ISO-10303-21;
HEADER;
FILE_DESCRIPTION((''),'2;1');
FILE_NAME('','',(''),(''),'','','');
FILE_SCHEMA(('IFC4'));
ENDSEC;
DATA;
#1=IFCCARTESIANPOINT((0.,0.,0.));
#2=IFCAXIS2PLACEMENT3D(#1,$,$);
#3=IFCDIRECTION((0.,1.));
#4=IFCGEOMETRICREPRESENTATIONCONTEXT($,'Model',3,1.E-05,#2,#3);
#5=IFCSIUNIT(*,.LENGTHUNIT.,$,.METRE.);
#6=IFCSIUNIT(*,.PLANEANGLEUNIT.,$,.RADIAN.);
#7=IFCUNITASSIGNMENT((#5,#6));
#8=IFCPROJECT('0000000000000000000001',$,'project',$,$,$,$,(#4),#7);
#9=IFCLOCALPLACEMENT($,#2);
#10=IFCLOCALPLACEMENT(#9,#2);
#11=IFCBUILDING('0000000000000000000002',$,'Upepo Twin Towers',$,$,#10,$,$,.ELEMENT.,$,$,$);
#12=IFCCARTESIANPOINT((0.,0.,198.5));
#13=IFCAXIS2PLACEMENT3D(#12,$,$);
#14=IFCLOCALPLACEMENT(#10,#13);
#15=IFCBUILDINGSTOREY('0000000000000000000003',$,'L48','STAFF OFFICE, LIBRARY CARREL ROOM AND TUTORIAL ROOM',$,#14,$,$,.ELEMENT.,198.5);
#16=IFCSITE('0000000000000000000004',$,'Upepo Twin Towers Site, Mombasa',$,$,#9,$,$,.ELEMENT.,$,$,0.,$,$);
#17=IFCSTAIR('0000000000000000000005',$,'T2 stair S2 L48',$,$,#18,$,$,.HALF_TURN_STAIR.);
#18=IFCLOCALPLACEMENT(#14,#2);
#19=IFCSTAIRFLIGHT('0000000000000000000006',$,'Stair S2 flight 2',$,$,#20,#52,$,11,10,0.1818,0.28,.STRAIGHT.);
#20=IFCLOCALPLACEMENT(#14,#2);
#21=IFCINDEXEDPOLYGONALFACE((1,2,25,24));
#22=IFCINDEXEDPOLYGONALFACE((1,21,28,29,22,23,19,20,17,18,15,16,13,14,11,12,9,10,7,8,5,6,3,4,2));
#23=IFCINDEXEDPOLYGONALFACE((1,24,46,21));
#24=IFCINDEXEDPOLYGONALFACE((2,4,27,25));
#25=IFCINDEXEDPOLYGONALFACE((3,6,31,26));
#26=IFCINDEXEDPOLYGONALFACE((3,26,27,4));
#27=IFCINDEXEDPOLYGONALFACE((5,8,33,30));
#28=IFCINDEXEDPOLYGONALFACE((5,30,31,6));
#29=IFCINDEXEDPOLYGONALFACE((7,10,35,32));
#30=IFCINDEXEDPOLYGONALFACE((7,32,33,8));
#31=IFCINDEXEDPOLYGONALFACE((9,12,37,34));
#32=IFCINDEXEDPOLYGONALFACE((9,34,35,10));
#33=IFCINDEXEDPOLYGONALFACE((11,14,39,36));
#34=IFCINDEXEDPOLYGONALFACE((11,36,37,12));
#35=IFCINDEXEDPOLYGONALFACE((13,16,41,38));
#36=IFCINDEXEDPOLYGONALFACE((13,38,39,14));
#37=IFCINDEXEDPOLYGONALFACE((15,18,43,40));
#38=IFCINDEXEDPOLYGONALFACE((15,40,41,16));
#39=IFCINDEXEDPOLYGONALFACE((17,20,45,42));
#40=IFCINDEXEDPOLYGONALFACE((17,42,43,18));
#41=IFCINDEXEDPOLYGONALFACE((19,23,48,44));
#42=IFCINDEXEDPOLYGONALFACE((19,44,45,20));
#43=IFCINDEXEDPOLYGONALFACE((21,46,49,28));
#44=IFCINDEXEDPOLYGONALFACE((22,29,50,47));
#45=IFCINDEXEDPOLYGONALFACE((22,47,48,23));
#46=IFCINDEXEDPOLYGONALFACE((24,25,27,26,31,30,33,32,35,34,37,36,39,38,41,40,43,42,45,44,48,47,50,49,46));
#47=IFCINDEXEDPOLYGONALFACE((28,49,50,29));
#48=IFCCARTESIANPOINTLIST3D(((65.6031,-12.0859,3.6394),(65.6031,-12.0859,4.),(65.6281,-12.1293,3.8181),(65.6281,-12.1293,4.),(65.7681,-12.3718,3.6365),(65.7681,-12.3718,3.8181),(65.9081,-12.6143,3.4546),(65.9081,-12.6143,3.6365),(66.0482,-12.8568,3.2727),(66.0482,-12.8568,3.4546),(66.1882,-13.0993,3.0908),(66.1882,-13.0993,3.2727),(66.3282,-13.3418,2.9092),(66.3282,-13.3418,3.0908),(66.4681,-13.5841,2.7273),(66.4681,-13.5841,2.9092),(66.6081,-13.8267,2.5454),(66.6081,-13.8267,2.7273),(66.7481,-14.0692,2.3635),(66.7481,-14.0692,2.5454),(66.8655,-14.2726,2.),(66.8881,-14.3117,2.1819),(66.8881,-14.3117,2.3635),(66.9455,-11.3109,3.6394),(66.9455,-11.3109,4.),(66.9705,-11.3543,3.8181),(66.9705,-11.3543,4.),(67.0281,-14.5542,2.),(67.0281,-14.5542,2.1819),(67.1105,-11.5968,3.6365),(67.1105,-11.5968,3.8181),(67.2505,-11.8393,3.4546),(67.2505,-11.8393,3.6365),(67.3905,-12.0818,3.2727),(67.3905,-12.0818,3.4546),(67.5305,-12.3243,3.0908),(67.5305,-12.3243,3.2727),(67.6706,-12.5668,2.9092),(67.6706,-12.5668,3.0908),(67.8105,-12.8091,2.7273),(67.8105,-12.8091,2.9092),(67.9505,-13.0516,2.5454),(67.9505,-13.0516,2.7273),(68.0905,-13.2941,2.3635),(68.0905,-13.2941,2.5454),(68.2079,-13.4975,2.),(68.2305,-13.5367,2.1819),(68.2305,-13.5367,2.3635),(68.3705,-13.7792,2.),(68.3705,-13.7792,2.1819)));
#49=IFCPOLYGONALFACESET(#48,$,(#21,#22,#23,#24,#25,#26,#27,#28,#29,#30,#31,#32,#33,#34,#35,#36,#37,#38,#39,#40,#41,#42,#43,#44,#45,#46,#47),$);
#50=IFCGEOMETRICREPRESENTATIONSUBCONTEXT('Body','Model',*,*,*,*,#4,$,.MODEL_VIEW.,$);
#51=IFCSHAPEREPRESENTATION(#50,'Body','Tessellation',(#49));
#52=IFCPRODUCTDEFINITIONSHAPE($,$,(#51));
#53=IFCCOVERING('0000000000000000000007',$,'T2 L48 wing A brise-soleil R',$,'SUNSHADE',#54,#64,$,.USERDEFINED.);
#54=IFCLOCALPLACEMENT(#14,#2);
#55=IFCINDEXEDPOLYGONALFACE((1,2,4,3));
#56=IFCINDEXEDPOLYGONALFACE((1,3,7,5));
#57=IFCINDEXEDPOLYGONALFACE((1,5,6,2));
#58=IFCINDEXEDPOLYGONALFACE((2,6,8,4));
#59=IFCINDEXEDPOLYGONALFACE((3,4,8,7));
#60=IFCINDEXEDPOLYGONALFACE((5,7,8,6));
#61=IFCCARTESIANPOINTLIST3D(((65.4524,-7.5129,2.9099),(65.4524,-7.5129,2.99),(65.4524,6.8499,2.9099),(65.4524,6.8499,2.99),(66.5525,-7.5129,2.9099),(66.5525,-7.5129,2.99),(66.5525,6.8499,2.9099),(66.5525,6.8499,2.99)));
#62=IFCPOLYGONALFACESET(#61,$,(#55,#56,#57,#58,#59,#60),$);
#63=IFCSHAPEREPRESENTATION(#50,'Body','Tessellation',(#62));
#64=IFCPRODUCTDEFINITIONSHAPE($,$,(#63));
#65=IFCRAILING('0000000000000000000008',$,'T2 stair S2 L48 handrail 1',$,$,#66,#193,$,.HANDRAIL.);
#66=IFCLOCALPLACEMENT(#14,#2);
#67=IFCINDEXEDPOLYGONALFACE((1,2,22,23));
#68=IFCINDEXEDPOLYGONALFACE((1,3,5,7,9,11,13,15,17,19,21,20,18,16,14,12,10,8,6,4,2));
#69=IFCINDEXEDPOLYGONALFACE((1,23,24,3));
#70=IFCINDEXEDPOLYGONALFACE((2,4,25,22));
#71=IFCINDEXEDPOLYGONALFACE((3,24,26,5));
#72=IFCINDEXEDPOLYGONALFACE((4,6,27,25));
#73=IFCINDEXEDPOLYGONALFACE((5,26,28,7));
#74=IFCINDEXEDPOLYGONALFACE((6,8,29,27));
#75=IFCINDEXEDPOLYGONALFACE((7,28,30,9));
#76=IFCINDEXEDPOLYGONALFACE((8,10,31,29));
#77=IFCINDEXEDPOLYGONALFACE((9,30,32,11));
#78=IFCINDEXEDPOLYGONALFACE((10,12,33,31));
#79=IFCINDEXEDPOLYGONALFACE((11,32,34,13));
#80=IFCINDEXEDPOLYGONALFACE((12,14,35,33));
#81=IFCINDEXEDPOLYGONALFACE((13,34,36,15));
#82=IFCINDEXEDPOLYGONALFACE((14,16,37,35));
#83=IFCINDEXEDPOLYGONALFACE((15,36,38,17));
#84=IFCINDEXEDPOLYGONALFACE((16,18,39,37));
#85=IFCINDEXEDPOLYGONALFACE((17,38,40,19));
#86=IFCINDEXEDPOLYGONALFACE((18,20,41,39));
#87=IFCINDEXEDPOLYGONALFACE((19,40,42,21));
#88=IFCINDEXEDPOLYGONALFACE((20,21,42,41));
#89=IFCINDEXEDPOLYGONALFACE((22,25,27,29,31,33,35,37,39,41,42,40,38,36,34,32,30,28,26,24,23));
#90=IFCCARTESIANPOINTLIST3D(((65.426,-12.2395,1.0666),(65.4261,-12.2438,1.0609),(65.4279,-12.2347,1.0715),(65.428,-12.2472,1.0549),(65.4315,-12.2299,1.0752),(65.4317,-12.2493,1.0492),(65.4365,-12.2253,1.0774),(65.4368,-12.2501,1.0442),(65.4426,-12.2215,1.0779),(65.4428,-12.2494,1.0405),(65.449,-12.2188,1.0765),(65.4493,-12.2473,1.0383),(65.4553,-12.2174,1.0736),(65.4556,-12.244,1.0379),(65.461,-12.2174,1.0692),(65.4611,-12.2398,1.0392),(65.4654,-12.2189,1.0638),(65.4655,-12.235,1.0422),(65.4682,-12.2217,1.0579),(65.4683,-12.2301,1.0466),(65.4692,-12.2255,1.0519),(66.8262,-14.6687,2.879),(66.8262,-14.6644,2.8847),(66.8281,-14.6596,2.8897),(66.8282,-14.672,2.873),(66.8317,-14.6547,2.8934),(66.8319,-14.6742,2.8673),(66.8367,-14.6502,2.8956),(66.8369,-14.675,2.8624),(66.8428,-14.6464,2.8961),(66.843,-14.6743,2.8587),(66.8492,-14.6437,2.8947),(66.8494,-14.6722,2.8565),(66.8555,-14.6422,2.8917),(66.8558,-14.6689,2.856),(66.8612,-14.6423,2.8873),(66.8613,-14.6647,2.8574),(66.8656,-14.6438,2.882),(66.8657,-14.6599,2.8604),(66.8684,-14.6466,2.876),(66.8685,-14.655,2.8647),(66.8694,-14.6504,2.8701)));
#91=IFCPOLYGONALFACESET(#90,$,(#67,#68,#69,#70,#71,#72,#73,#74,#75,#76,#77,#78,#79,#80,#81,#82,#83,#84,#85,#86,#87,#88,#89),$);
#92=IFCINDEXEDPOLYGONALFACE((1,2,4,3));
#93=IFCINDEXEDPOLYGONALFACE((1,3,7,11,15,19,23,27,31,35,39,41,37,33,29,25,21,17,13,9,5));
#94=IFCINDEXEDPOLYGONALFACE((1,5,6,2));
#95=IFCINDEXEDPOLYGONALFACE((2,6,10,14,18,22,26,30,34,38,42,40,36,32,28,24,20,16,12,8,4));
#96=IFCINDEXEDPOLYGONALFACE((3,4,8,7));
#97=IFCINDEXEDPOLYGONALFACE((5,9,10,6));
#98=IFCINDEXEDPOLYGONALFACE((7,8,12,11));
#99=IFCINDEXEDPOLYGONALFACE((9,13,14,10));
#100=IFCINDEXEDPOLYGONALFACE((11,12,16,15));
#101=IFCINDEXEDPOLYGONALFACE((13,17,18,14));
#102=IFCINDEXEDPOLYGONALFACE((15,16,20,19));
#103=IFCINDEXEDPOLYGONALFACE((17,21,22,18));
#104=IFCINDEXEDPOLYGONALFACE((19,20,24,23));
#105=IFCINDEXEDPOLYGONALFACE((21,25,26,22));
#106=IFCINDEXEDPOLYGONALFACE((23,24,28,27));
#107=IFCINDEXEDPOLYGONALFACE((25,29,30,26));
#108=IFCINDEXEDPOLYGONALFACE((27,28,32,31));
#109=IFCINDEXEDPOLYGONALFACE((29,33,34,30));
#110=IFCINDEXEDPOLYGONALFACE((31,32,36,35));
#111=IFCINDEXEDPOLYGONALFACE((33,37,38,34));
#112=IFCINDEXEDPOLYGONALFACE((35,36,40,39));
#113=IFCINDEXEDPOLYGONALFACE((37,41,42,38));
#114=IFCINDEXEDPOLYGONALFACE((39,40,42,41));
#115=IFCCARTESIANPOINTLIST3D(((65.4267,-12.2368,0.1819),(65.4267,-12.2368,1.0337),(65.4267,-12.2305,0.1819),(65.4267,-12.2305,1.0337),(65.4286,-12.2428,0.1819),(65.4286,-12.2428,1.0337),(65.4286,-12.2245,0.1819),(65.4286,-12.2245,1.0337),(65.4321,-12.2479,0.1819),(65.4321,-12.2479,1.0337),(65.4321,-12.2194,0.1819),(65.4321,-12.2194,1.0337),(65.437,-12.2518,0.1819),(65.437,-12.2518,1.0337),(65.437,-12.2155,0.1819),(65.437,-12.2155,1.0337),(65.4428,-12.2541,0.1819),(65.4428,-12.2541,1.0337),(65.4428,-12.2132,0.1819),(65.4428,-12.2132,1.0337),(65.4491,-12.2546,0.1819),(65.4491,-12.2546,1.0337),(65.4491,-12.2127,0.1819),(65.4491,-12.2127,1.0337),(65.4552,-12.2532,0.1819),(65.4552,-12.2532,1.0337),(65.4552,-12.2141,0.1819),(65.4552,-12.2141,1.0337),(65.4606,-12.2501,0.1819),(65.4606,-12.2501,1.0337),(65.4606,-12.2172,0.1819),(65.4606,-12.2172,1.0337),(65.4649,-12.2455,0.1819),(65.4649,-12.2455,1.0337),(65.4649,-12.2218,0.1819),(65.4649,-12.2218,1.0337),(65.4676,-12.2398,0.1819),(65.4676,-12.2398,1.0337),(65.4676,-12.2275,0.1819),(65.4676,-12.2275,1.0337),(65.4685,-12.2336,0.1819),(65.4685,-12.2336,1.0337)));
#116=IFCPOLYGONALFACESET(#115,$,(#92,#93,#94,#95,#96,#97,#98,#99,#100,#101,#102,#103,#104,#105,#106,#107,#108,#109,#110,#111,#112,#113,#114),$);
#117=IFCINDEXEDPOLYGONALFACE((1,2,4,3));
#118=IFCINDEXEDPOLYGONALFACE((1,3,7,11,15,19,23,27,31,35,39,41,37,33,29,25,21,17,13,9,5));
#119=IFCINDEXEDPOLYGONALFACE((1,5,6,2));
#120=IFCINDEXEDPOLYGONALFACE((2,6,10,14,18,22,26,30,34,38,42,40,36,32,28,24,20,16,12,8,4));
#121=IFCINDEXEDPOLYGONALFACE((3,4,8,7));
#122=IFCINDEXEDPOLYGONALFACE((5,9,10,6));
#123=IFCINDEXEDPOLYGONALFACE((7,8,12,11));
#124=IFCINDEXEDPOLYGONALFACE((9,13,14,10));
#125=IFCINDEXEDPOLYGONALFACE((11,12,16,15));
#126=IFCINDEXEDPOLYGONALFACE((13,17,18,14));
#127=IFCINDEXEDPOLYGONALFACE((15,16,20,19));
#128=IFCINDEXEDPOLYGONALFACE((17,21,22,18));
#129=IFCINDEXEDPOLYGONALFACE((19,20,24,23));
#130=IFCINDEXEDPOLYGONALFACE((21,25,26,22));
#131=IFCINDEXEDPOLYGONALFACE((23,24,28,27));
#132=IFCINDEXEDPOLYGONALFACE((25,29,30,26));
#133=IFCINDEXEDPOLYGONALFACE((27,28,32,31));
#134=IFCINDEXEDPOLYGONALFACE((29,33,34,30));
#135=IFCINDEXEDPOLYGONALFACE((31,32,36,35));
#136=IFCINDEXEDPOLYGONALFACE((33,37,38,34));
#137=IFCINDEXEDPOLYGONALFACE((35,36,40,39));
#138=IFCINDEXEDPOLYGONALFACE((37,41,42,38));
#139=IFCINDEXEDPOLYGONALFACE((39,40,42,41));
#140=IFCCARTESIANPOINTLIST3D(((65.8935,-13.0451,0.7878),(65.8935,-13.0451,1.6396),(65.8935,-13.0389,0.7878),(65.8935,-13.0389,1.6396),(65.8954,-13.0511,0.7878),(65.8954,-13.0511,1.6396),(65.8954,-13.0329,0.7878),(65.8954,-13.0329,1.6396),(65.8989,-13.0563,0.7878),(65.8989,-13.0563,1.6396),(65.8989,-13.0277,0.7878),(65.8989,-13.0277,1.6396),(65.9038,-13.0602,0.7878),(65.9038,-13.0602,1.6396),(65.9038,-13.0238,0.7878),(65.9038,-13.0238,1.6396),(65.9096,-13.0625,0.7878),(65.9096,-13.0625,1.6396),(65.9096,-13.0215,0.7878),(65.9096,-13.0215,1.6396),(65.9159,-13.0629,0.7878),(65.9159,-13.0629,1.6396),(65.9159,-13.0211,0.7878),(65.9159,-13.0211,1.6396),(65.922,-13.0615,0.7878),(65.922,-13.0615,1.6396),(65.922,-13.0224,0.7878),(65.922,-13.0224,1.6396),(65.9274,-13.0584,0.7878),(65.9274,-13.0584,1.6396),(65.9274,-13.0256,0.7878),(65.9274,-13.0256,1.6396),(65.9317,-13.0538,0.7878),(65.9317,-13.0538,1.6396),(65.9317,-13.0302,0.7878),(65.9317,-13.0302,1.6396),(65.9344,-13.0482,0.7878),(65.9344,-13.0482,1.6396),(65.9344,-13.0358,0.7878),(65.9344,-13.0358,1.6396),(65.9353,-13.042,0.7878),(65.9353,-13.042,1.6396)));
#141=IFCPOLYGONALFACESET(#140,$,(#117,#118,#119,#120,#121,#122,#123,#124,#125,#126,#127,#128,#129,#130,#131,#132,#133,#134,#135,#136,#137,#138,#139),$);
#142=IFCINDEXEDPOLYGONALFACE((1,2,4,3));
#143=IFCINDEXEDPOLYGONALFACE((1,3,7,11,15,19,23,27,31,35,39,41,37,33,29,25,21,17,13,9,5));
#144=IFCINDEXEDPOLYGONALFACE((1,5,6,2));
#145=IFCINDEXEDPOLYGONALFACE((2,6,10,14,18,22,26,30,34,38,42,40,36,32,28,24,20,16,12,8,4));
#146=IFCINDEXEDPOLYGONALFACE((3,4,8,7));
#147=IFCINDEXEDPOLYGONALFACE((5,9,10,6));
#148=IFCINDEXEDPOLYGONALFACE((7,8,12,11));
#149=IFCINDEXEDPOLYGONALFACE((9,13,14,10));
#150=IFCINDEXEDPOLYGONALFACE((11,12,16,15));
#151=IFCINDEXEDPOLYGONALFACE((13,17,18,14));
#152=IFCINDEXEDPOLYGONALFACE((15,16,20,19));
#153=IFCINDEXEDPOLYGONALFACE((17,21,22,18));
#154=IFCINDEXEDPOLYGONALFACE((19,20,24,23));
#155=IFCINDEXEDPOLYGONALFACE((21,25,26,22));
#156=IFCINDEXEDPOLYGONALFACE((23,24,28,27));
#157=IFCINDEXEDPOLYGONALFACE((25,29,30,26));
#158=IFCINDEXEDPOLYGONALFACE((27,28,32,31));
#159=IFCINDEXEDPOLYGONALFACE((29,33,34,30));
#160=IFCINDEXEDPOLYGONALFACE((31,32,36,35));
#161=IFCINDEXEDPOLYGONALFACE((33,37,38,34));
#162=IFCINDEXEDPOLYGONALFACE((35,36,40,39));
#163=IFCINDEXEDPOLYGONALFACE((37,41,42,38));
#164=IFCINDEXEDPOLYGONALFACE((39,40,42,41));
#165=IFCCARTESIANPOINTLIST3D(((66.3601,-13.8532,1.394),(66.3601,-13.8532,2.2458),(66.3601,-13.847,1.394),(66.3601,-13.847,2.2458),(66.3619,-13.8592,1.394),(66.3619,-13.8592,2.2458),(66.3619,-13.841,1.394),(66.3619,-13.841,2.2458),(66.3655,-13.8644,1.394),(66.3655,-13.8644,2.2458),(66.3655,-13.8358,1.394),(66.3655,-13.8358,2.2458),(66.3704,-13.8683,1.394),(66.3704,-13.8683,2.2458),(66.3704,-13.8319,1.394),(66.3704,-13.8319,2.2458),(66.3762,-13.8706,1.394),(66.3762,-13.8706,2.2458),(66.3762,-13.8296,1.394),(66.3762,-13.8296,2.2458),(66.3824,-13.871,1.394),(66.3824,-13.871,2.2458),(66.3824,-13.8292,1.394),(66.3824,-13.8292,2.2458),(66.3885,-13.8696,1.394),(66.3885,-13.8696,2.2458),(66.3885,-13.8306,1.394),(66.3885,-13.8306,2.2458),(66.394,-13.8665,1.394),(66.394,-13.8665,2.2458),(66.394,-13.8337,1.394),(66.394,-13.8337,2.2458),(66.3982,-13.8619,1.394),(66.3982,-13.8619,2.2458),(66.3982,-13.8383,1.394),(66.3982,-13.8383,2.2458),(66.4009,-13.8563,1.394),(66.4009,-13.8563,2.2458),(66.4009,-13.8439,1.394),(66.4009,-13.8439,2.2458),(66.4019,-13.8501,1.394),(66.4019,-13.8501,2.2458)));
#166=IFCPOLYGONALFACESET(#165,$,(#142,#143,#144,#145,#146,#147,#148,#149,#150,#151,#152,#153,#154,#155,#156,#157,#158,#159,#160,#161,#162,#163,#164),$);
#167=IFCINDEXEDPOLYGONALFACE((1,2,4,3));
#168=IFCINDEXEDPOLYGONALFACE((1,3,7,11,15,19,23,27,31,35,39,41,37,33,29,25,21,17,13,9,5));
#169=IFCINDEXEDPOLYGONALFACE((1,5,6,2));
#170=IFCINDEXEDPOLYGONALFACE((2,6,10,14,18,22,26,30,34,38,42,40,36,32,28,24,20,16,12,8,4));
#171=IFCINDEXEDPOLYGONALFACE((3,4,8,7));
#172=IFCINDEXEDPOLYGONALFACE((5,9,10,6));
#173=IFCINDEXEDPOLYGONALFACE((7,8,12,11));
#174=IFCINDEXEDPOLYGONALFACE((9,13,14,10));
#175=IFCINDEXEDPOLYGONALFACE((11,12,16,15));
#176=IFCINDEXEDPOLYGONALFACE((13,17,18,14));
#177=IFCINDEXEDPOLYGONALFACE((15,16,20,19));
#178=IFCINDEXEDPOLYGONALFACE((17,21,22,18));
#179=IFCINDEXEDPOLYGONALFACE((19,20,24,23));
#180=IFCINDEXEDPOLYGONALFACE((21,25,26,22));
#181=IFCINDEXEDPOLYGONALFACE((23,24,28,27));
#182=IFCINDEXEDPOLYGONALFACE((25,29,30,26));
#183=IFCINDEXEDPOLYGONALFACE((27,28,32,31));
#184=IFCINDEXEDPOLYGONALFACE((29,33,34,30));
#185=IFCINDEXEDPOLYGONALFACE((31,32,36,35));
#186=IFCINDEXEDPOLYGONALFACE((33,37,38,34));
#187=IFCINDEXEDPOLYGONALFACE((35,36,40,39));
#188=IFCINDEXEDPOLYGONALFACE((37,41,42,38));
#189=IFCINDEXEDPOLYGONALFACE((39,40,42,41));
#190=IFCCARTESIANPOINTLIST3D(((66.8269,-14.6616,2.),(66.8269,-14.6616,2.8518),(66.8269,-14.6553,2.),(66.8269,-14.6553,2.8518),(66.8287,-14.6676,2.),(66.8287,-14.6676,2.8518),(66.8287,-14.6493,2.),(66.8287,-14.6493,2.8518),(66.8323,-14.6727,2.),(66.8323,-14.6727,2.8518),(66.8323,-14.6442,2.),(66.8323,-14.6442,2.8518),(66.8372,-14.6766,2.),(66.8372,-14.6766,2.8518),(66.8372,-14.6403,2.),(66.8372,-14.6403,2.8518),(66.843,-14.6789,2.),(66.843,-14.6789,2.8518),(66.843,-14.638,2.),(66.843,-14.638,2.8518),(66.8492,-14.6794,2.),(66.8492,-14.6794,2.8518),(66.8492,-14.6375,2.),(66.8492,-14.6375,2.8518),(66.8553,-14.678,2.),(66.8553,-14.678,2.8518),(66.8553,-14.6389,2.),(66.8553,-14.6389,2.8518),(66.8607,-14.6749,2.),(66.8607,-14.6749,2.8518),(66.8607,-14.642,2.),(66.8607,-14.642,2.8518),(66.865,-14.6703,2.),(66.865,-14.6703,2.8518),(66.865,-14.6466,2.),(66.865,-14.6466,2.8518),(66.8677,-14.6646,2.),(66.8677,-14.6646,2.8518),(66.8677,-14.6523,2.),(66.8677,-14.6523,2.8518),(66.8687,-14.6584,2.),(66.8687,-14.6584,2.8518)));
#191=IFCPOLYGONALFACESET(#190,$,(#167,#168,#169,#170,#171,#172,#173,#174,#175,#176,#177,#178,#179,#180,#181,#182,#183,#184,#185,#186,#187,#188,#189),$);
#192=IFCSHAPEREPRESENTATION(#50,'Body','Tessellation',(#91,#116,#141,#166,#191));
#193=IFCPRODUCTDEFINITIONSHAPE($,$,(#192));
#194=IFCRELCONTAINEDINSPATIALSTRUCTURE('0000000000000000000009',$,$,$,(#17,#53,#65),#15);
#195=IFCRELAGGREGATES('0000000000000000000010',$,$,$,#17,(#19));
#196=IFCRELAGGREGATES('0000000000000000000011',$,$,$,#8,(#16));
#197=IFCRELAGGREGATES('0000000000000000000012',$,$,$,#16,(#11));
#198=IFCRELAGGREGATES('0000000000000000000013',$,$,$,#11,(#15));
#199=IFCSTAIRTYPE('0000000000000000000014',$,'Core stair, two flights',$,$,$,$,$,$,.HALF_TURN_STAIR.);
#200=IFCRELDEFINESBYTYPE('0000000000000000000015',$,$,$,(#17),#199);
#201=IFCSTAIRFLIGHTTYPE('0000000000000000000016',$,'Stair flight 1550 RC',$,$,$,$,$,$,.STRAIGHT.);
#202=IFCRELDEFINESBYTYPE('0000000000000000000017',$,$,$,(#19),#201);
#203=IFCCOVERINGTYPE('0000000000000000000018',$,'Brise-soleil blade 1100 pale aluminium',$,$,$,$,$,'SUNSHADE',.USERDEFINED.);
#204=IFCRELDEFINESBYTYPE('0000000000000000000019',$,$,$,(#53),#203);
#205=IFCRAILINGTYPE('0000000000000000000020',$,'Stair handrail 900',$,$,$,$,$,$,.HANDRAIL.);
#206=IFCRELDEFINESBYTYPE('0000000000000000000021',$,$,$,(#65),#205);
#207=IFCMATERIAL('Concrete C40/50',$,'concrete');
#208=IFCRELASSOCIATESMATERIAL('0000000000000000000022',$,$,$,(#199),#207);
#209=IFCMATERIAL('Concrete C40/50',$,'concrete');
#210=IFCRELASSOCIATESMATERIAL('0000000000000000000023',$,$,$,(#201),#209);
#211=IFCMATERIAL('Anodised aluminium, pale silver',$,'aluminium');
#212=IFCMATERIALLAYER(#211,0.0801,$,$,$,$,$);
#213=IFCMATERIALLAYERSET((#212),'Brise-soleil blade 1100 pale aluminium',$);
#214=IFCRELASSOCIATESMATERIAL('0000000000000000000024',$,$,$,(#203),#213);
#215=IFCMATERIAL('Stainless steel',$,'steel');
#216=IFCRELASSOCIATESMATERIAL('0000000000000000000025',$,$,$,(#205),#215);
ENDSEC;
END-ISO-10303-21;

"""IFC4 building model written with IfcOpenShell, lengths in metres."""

from ifc_helpers import new_model, si_unit, direction, frame, origin, origin_2d, place, context, subcontext, project, spatial, polyline, rectangle, circle, outline, extrude, material, layer, layer_set, type_object, element, aggregate, save


model = new_model("IFC4")

# Units and contexts
model_context = context("Model", 3, precision=1e-05, world=origin(), true_north=direction((0.0, 1.0)))
body_context = subcontext(model_context, "Body", "Model", "MODEL_VIEW")
ifc_project = project(units=[si_unit("LENGTHUNIT", "METRE"), si_unit("PLANEANGLEUNIT", "RADIAN")], contexts=[model_context])

# Site, building, storey
site_placement = place(None, origin())
site = spatial("IfcSite", under=ifc_project, at=site_placement, Name="Upepo Twin Towers Site, Mombasa", CompositionType="ELEMENT", RefElevation=0.0)
building_placement = place(site_placement, origin())
building = spatial("IfcBuilding", under=site, at=building_placement, Name="Upepo Twin Towers", CompositionType="ELEMENT")
storey_placement = place(building_placement, frame((0.0, 0.0, 198.5)))
storey = spatial("IfcBuildingStorey", under=building, at=storey_placement, Name="L48", Description="STAFF OFFICE, LIBRARY CARREL ROOM AND TUTORIAL ROOM", CompositionType="ELEMENT", Elevation=198.5)

# Stair, stair flight
ifc_material_1 = material(Name="Concrete C40/50", Category="concrete")
stair_type = type_object("IfcStairType", Name="Core stair, two flights", PredefinedType="HALF_TURN_STAIR", material=ifc_material_1)
stair_placement = place(storey_placement, origin())
stair = element("IfcStair", 1, at=stair_placement, inside=storey, type_object=stair_type, Name="T2 stair S2 L48", PredefinedType="HALF_TURN_STAIR")
ifc_material_2 = material(Name="Concrete C40/50", Category="concrete")
stair_flight_type = type_object("IfcStairFlightType", Name="Stair flight 1550 RC", PredefinedType="STRAIGHT", material=ifc_material_2)
stair_flight_1_placement = place(storey_placement, frame((67.6992, -14.1667, 2.0), z_axis=(0.0, 0.0, 1.0), x_axis=(-0.5, 0.866025, 0.0)))
stair_flight_1 = element("IfcStairFlight", 2, at=stair_flight_1_placement, type_object=stair_flight_type, Name="Stair S2 flight 2", NumberOfRisers=11, NumberOfTreads=10, PredefinedType="STRAIGHT", RiserHeight=0.1818, TreadLength=0.28, context=body_context, shape_type="SweptSolid", body=[
    extrude(outline(polyline([(0.0, 0.0), (0.0, 0.1819), (0.28, 0.1819), (0.28, 0.3635), (0.5601, 0.3635), (0.5601, 0.5454), (0.8401, 0.5454), (0.8401, 0.7273), (1.1201, 0.7273), (1.1201, 0.9092), (1.3999, 0.9092), (1.3999, 1.0908), (1.6799, 1.0908), (1.6799, 1.2727), (1.96, 1.2727), (1.96, 1.4546), (2.24, 1.4546), (2.24, 1.6365), (2.52, 1.6365), (2.52, 1.8181), (2.8, 1.8181), (2.8, 2.0), (2.8501, 2.0), (2.8501, 1.6394), (0.3252, 0.0), (0.0, 0.0)])), frame((0.0, 0.7749, 0.0), z_axis=(0.0, -1.0, 0.0), x_axis=(1.0, 0.0, 0.0)), (0.0, 0.0, 1.0), 1.55),
])
aggregate(stair, [stair_flight_1])

# Covering
ifc_material_3 = material(Name="Anodised aluminium, pale silver", Category="aluminium")
ifc_layer_1 = layer(ifc_material_3, 0.0801)
ifc_layer_set_1 = layer_set([ifc_layer_1], Name="Brise-soleil blade 1100 pale aluminium")
covering_type = type_object("IfcCoveringType", Name="Brise-soleil blade 1100 pale aluminium", ElementType="SUNSHADE", PredefinedType="USERDEFINED", material=ifc_layer_set_1)
covering_placement = place(storey_placement, frame((66.0024, -0.3315, 2.9099), z_axis=(0.0, 0.0, 1.0), x_axis=(0.0, 1.0, 0.0)))
element("IfcCovering", 3, at=covering_placement, inside=storey, type_object=covering_type, Name="T2 L48 wing A brise-soleil R", ObjectType="SUNSHADE", PredefinedType="USERDEFINED", context=body_context, shape_type="SweptSolid", body=[
    extrude(rectangle(XDim=14.3628, YDim=1.1001, at=origin_2d()), origin(), (0.0, 0.0, 1.0), 0.0801),
])

# Railing
ifc_material_4 = material(Name="Stainless steel", Category="steel")
railing_type = type_object("IfcRailingType", Name="Stair handrail 900", PredefinedType="HANDRAIL", material=ifc_material_4)
railing_1_placement = place(storey_placement, frame((65.4475, -12.2336, 0.1819)))
element("IfcRailing", 4, at=railing_1_placement, inside=storey, type_object=railing_type, Name="T2 stair S2 L48 handrail 1", PredefinedType="HANDRAIL", context=body_context, shape_type="SweptSolid", body=[
    extrude(circle(Radius=0.0239, at=origin_2d()), frame((0.0, 0.0, 0.876), z_axis=(0.419393, -0.726314, 0.544589), x_axis=(0.865997, 0.50005, 0.0)), (0.0, 0.0, 1.0), 3.3386),
    extrude(circle(Radius=0.021, at=origin_2d()), origin(), (0.0, 0.0, 1.0), 0.8518),
    extrude(circle(Radius=0.021, at=origin_2d()), frame((0.4668, -0.8083, 0.606)), (0.0, 0.0, 1.0), 0.8518),
    extrude(circle(Radius=0.021, at=origin_2d()), frame((0.9333, -1.6165, 1.2122)), (0.0, 0.0, 1.0), 0.8518),
    extrude(circle(Radius=0.021, at=origin_2d()), frame((1.4001, -2.4248, 1.8181)), (0.0, 0.0, 1.0), 0.8518),
])

save(model, "model.ifc")
